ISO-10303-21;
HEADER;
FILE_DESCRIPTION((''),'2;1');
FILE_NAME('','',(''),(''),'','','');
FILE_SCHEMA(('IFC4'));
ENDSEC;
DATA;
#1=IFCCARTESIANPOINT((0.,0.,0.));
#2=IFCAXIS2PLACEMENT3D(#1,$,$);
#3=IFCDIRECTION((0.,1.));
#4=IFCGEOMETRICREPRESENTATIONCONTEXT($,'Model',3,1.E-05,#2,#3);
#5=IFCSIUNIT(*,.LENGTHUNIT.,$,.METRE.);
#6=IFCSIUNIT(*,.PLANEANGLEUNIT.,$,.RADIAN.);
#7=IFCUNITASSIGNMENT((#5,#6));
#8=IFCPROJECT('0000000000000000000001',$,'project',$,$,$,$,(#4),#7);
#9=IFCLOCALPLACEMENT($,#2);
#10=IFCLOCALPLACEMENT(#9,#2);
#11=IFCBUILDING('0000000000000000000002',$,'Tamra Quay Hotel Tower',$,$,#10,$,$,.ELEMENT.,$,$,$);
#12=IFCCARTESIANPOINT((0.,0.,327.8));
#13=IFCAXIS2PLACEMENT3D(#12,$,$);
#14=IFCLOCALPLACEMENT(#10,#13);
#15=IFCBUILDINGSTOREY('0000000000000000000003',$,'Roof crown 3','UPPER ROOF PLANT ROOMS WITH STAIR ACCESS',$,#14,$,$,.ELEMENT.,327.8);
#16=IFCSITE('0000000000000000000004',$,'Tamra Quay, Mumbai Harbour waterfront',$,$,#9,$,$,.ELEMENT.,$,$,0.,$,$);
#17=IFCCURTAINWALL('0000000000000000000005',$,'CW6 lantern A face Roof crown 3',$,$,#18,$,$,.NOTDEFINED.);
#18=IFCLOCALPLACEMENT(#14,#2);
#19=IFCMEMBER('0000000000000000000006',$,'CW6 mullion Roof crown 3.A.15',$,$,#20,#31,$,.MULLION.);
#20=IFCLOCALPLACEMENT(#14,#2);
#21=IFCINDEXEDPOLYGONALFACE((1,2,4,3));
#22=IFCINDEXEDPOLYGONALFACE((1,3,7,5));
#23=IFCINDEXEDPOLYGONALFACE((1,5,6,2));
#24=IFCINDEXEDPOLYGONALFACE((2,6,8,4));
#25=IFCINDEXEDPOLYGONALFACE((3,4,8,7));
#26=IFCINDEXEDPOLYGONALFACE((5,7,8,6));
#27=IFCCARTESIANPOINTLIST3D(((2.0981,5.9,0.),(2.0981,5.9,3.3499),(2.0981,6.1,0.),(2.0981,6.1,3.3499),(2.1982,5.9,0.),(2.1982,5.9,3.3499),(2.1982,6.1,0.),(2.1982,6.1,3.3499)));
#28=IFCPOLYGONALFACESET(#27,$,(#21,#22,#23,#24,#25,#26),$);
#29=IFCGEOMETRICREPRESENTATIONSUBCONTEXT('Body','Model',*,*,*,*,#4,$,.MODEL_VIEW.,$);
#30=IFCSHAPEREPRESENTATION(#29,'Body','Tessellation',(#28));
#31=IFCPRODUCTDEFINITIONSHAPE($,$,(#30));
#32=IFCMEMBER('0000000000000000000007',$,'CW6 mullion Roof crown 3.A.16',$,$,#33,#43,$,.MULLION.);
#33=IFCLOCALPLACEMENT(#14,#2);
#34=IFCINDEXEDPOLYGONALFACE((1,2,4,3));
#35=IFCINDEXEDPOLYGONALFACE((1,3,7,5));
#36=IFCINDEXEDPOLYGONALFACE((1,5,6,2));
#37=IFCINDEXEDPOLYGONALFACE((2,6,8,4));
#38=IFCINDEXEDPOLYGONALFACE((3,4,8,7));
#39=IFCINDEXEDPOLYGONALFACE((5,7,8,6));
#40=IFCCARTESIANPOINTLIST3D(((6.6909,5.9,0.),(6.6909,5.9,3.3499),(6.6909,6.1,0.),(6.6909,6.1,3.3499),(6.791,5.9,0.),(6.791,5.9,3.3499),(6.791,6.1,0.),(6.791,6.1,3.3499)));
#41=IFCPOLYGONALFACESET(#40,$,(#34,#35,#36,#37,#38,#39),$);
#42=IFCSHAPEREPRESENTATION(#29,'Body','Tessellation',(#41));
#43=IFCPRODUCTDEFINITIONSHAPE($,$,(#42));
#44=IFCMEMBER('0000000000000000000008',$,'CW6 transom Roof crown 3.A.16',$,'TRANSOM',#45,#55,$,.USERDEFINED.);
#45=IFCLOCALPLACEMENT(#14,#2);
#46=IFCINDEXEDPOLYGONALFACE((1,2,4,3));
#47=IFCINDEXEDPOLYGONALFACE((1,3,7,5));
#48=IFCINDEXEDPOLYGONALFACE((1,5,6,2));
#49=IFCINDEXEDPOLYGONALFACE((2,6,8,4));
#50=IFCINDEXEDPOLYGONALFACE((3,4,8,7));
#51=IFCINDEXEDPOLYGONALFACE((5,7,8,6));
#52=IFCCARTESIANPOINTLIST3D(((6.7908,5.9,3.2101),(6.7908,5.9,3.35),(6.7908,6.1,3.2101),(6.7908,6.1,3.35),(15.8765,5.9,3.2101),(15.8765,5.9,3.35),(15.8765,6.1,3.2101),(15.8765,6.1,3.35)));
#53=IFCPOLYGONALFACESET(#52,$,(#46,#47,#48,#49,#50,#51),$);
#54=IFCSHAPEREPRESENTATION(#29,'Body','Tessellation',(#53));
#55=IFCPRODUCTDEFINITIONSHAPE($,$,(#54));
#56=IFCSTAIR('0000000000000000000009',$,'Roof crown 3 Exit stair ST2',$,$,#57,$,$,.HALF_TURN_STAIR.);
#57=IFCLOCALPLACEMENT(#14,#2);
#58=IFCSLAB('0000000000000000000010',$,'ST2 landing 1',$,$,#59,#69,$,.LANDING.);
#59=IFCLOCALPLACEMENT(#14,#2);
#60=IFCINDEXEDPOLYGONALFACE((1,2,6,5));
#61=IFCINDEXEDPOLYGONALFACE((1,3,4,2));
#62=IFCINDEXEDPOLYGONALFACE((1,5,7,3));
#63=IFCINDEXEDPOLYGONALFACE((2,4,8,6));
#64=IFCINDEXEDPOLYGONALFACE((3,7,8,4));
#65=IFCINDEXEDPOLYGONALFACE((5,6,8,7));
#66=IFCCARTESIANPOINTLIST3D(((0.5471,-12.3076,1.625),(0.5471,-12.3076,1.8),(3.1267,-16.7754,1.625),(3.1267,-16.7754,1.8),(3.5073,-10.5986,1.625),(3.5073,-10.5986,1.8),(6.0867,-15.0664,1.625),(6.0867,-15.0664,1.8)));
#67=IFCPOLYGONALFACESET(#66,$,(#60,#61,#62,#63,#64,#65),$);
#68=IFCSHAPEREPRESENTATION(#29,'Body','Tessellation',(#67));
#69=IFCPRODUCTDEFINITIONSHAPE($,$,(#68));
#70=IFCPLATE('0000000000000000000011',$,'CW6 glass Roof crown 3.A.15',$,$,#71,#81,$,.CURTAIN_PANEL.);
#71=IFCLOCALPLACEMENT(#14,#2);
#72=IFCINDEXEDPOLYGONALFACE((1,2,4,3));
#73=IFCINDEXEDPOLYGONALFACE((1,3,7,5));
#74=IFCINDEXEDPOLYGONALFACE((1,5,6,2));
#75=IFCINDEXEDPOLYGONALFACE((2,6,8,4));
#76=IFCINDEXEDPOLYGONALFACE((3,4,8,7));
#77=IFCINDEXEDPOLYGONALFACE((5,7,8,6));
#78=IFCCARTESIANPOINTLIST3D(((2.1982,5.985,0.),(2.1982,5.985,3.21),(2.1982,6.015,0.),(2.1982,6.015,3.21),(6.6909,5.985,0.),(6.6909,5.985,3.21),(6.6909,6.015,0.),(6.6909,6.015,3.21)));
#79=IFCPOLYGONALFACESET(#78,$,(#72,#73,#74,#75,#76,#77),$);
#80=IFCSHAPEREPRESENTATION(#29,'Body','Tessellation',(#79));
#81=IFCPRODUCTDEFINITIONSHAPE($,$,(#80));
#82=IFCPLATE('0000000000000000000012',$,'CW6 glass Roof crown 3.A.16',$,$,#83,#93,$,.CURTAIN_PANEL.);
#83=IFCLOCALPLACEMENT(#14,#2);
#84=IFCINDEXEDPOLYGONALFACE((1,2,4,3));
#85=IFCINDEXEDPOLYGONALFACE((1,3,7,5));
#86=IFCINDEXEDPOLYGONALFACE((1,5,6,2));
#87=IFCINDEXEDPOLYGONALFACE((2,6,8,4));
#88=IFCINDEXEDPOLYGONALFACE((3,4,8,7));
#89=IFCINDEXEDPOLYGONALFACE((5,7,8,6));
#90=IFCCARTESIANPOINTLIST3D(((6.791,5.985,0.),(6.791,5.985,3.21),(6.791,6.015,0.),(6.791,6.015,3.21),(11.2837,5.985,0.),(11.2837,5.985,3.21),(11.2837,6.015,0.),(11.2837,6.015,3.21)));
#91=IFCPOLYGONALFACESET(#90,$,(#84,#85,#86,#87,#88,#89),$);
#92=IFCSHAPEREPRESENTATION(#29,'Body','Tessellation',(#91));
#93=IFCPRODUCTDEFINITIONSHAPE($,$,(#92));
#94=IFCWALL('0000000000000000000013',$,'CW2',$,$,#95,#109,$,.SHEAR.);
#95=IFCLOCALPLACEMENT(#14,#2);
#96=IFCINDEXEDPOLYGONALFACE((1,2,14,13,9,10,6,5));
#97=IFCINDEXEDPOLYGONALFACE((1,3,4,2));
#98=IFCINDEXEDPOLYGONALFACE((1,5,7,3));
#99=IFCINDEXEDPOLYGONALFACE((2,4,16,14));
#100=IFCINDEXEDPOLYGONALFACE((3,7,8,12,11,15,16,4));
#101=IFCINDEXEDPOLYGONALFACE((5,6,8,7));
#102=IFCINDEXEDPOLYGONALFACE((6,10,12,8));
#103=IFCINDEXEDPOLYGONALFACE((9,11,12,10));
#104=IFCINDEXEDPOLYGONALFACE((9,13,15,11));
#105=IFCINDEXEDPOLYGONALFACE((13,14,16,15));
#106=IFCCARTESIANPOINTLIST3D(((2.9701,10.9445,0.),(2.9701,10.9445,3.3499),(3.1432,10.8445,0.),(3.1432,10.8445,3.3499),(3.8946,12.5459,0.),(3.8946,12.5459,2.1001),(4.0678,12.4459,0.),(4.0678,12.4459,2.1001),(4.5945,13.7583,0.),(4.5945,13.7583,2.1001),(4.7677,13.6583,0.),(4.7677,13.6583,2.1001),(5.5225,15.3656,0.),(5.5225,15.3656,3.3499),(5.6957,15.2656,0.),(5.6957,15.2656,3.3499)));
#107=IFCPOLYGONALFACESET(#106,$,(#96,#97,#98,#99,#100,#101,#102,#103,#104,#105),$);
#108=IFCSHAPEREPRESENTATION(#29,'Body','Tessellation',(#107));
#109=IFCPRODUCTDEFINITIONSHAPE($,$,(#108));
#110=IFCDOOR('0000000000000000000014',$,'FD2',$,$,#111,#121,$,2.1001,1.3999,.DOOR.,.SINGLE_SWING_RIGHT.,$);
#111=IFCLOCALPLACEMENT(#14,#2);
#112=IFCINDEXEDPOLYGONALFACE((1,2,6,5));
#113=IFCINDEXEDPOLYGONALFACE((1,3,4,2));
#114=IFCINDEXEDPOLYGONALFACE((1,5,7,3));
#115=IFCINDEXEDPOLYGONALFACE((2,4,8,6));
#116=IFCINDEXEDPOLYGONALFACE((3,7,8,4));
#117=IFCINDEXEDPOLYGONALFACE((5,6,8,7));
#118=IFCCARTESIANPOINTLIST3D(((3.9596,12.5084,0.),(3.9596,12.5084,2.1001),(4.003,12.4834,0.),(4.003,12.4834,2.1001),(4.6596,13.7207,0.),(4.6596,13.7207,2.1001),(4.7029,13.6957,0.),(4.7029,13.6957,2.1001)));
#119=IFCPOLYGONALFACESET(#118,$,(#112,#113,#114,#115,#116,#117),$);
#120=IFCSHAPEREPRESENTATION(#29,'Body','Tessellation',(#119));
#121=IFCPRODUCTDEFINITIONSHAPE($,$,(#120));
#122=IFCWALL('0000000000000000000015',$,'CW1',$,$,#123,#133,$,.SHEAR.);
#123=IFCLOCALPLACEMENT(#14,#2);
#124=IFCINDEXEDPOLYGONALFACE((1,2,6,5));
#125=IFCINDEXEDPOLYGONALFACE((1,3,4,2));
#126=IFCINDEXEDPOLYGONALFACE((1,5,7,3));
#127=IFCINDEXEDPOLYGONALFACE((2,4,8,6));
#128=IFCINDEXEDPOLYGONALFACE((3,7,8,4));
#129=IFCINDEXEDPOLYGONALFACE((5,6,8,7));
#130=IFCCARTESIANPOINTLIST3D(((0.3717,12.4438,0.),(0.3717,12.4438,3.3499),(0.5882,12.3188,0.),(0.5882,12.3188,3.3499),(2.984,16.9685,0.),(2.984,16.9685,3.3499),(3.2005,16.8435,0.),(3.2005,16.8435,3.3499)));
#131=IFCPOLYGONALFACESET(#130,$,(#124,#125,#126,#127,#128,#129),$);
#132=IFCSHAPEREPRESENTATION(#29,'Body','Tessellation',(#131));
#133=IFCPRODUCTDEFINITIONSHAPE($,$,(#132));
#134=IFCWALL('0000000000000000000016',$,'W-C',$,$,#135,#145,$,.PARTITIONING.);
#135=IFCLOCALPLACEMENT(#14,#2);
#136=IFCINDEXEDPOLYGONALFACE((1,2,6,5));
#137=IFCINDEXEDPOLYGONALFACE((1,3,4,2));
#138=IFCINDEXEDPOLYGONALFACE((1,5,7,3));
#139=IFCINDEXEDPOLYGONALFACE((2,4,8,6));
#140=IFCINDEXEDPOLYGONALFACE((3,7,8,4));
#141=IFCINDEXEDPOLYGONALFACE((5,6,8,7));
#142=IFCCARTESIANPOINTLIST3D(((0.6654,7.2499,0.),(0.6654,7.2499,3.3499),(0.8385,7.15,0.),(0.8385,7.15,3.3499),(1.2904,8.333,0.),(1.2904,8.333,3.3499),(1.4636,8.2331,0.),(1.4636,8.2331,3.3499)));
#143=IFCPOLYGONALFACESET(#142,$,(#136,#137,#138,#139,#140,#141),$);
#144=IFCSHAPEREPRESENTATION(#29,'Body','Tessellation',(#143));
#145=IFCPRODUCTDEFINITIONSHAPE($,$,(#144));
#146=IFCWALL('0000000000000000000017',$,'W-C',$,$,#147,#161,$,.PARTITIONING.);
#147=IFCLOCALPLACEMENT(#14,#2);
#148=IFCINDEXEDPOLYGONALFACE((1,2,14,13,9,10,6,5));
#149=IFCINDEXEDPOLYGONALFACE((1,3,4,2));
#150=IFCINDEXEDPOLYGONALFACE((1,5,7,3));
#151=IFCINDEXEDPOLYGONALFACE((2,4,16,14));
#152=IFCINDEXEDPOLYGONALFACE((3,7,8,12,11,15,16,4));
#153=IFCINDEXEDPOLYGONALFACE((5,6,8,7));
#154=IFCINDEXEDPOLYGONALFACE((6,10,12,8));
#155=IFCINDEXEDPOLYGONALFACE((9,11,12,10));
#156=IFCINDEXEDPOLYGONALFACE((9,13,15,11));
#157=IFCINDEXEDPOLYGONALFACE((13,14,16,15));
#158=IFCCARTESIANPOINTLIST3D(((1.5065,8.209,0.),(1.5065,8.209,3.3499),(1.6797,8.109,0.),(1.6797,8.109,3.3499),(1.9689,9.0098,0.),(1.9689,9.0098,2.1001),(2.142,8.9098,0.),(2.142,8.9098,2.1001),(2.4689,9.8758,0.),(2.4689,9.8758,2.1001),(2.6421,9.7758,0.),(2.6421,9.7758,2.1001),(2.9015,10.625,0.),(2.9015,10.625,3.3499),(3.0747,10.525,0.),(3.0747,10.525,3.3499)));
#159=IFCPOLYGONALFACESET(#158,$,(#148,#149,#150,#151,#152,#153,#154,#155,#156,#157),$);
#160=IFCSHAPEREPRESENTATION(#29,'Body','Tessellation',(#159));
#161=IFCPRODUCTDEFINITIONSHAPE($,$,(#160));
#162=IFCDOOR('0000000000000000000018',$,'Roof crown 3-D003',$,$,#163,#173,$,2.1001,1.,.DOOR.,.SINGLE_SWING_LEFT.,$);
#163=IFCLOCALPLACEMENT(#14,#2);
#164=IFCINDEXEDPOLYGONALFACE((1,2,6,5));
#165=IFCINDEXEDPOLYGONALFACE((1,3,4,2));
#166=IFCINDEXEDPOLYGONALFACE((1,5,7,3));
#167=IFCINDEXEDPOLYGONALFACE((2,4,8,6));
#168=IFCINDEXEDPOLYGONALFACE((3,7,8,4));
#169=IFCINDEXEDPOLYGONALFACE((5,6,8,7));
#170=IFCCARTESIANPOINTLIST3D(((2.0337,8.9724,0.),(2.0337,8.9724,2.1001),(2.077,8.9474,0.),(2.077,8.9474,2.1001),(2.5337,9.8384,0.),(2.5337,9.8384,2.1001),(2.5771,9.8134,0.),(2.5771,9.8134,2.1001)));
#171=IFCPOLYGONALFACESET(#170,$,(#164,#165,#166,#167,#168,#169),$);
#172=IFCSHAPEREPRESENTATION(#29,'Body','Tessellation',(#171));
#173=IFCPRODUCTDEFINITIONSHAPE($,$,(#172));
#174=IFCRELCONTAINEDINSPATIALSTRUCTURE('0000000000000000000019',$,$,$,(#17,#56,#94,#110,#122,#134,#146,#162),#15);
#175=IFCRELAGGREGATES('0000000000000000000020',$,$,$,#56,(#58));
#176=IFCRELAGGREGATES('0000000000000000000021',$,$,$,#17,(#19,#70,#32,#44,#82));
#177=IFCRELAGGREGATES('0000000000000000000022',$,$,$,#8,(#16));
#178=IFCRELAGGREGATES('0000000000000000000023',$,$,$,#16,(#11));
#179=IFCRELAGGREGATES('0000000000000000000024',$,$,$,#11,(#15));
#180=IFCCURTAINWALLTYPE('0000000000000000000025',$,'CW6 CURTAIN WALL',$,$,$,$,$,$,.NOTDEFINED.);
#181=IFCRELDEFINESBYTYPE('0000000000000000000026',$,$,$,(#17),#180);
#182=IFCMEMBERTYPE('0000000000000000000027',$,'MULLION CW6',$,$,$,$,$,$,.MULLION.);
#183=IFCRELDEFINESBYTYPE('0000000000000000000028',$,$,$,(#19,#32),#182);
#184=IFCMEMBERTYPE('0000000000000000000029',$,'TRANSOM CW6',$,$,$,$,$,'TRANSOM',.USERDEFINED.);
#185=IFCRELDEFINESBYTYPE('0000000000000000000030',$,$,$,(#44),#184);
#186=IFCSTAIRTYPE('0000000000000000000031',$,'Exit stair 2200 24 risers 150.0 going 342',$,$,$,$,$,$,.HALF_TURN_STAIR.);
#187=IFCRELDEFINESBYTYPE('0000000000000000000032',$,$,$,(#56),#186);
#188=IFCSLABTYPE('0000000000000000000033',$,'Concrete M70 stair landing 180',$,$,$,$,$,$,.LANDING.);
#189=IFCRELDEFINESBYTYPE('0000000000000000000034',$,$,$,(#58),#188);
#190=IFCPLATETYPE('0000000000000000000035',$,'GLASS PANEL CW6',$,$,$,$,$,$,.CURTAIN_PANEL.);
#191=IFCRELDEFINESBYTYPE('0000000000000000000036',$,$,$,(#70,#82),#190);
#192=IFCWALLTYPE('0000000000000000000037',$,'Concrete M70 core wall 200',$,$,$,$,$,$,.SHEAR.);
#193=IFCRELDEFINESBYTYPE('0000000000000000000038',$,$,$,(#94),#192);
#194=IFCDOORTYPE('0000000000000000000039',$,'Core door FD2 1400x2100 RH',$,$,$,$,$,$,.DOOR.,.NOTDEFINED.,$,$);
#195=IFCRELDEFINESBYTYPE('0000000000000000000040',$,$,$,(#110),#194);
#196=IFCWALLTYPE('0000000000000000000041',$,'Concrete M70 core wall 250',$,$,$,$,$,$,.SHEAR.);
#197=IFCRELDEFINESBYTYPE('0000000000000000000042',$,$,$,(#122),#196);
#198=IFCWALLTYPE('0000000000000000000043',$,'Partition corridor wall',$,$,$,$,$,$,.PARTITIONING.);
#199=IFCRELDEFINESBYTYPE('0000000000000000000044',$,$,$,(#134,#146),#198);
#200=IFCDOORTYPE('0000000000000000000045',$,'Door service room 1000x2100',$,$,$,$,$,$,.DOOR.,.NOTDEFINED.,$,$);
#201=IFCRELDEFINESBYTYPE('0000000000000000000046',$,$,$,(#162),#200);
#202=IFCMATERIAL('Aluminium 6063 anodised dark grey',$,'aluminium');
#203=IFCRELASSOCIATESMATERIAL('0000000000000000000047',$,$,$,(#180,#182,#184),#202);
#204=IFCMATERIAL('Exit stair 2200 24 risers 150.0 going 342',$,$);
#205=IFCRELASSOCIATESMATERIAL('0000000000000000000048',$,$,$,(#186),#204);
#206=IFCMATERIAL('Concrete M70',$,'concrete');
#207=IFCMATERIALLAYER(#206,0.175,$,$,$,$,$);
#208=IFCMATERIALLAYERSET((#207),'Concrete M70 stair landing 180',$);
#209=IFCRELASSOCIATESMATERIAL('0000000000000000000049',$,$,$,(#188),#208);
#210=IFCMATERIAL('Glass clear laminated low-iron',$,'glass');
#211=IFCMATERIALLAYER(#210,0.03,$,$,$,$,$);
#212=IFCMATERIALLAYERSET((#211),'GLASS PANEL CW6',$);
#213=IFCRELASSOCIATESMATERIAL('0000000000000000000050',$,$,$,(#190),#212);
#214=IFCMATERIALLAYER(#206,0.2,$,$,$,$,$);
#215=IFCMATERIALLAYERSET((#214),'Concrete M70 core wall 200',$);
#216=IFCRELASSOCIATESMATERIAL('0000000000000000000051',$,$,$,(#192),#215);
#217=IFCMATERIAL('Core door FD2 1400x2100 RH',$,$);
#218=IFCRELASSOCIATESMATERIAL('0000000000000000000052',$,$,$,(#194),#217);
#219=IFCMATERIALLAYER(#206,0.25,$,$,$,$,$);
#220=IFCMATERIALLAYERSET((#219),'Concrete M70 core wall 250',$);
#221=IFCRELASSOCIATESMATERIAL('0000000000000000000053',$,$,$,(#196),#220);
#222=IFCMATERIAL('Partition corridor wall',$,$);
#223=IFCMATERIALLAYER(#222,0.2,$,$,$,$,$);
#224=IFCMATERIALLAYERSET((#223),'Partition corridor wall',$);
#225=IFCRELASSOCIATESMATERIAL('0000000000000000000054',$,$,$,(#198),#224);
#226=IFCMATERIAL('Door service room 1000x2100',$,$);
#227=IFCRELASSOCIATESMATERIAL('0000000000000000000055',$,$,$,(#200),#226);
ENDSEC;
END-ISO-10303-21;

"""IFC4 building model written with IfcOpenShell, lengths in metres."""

from ifc_helpers import new_model, si_unit, direction, frame, frame_2d, origin, origin_2d, place, context, subcontext, project, spatial, polyline, rectangle, outline, extrude, material, layer, layer_set, material_profile, profile_set, type_object, element, fill, aggregate, save


model = new_model("IFC4")

# Units and contexts
model_context = context("Model", 3, precision=1e-05, world=origin(), true_north=direction((0.0, 1.0)))
body_context = subcontext(model_context, "Body", "Model", "MODEL_VIEW")
ifc_project = project(units=[si_unit("LENGTHUNIT", "METRE"), si_unit("PLANEANGLEUNIT", "RADIAN")], contexts=[model_context])

# Site, building, storey
site_placement = place(None, origin())
site = spatial("IfcSite", under=ifc_project, at=site_placement, Name="Tamra Quay, Mumbai Harbour waterfront", CompositionType="ELEMENT", RefElevation=0.0)
building_placement = place(site_placement, origin())
building = spatial("IfcBuilding", under=site, at=building_placement, Name="Tamra Quay Hotel Tower", CompositionType="ELEMENT")
storey_placement = place(building_placement, frame((0.0, 0.0, 327.8)))
storey = spatial("IfcBuildingStorey", under=building, at=storey_placement, Name="Roof crown 3", Description="UPPER ROOF PLANT ROOMS WITH STAIR ACCESS", CompositionType="ELEMENT", Elevation=327.8)

# Curtain wall, members
ifc_material_1 = material(Name="Aluminium 6063 anodised dark grey", Category="aluminium")
curtain_wall_type = type_object("IfcCurtainWallType", Name="CW6 CURTAIN WALL", PredefinedType="NOTDEFINED", material=ifc_material_1)
curtain_wall_placement = place(storey_placement, origin())
curtain_wall = element("IfcCurtainWall", 1, at=curtain_wall_placement, inside=storey, type_object=curtain_wall_type, Name="CW6 lantern A face Roof crown 3", PredefinedType="NOTDEFINED")
ifc_material_profile_1 = material_profile(ifc_material_1, rectangle(XDim=0.2, YDim=0.1001, at=origin_2d()), Name="MULLION 100X200")
ifc_profile_set_1 = profile_set([ifc_material_profile_1], Name="Aluminium 6063 anodised dark grey")
member_type_1 = type_object("IfcMemberType", Name="MULLION CW6", PredefinedType="MULLION", material=ifc_profile_set_1)
member_1_placement = place(storey_placement, frame((2.1482, 6.0, 0.0), z_axis=(0.0, 0.0, 1.0), x_axis=(0.0, -1.0, 0.0)))
member_1 = element("IfcMember", 2, at=member_1_placement, type_object=member_type_1, Name="CW6 mullion Roof crown 3.A.15", PredefinedType="MULLION", context=body_context, shape_type="SweptSolid", body=[
    extrude(rectangle(XDim=0.2, YDim=0.1001, at=origin_2d()), origin(), (0.0, 0.0, 1.0), 3.3499),
])
member_2_placement = place(storey_placement, frame((6.741, 6.0, 0.0), z_axis=(0.0, 0.0, 1.0), x_axis=(0.0, -1.0, 0.0)))
member_2 = element("IfcMember", 3, at=member_2_placement, type_object=member_type_1, Name="CW6 mullion Roof crown 3.A.16", PredefinedType="MULLION", context=body_context, shape_type="SweptSolid", body=[
    extrude(rectangle(XDim=0.2, YDim=0.1001, at=origin_2d()), origin(), (0.0, 0.0, 1.0), 3.3499),
])
ifc_material_profile_2 = material_profile(ifc_material_1, rectangle(XDim=0.2, YDim=0.1399, at=origin_2d()), Name="TRANSOM 200X140")
ifc_profile_set_2 = profile_set([ifc_material_profile_2], Name="Aluminium 6063 anodised dark grey")
member_type_2 = type_object("IfcMemberType", Name="TRANSOM CW6", ElementType="TRANSOM", PredefinedType="USERDEFINED", material=ifc_profile_set_2)
member_3_placement = place(storey_placement, frame((6.7908, 6.0, 3.28), z_axis=(1.0, 0.0, 0.0), x_axis=(0.0, 1.0, 0.0)))
member_3 = element("IfcMember", 4, at=member_3_placement, type_object=member_type_2, Name="CW6 transom Roof crown 3.A.16", ObjectType="TRANSOM", PredefinedType="USERDEFINED", context=body_context, shape_type="SweptSolid", body=[
    extrude(rectangle(XDim=0.2, YDim=0.1399, at=origin_2d()), origin(), (0.0, 0.0, 1.0), 9.0857),
])

# Stair, slab
ifc_material_2 = material(Name="Exit stair 2200 24 risers 150.0 going 342")
stair_type = type_object("IfcStairType", Name="Exit stair 2200 24 risers 150.0 going 342", PredefinedType="HALF_TURN_STAIR", material=ifc_material_2)
stair_1_placement = place(storey_placement, origin())
stair_1 = element("IfcStair", 5, at=stair_1_placement, inside=storey, type_object=stair_type, Name="Roof crown 3 Exit stair ST2", PredefinedType="HALF_TURN_STAIR")
ifc_material_3 = material(Name="Concrete M70", Category="concrete")
ifc_layer_1 = layer(ifc_material_3, 0.175)
ifc_layer_set_1 = layer_set([ifc_layer_1], Name="Concrete M70 stair landing 180")
slab_type = type_object("IfcSlabType", Name="Concrete M70 stair landing 180", PredefinedType="LANDING", material=ifc_layer_set_1)
slab_placement = place(storey_placement, frame((0.0, 0.0, 1.625)))
slab = element("IfcSlab", 6, at=slab_placement, type_object=slab_type, Name="ST2 landing 1", PredefinedType="LANDING", context=body_context, shape_type="SweptSolid", body=[
    extrude(outline(polyline([(3.5073, -10.5986), (0.5471, -12.3076), (3.1267, -16.7754), (6.0867, -15.0664), (3.5073, -10.5986)])), origin(), (0.0, 0.0, 1.0), 0.175),
])
aggregate(stair_1, [slab])

# Plates
ifc_material_4 = material(Name="Glass clear laminated low-iron", Category="glass")
ifc_layer_2 = layer(ifc_material_4, 0.03)
ifc_layer_set_2 = layer_set([ifc_layer_2], Name="GLASS PANEL CW6")
plate_type = type_object("IfcPlateType", Name="GLASS PANEL CW6", PredefinedType="CURTAIN_PANEL", material=ifc_layer_set_2)
plate_1_placement = place(storey_placement, frame((4.4446, 6.0, 0.0), z_axis=(0.0, 0.0, 1.0), x_axis=(1.0, 0.0, 0.0)))
plate_1 = element("IfcPlate", 7, at=plate_1_placement, type_object=plate_type, Name="CW6 glass Roof crown 3.A.15", PredefinedType="CURTAIN_PANEL", context=body_context, shape_type="SweptSolid", body=[
    extrude(rectangle(XDim=4.4927, YDim=0.03, at=origin_2d()), origin(), (0.0, 0.0, 1.0), 3.21),
])
plate_2_placement = place(storey_placement, frame((9.0374, 6.0, 0.0), z_axis=(0.0, 0.0, 1.0), x_axis=(1.0, 0.0, 0.0)))
plate_2 = element("IfcPlate", 8, at=plate_2_placement, type_object=plate_type, Name="CW6 glass Roof crown 3.A.16", PredefinedType="CURTAIN_PANEL", context=body_context, shape_type="SweptSolid", body=[
    extrude(rectangle(XDim=4.4927, YDim=0.03, at=origin_2d()), origin(), (0.0, 0.0, 1.0), 3.21),
])
aggregate(curtain_wall, [member_1, plate_1, member_2, member_3, plate_2])

# Wall, opening, door
ifc_layer_3 = layer(ifc_material_3, 0.2)
ifc_layer_set_3 = layer_set([ifc_layer_3], Name="Concrete M70 core wall 200")
wall_type_1 = type_object("IfcWallType", Name="Concrete M70 core wall 200", PredefinedType="SHEAR", material=ifc_layer_set_3)
wall_1_placement = place(storey_placement, frame((3.0566, 10.8945, 0.0), z_axis=(0.0, 0.0, 1.0), x_axis=(0.499992, 0.86603, 0.0)))
wall_1 = element("IfcWall", 9, at=wall_1_placement, inside=storey, type_object=wall_type_1, Name="CW2", PredefinedType="SHEAR", context=body_context, shape_type="SweptSolid", body=[
    extrude(rectangle(XDim=5.105, YDim=0.2, at=frame_2d((2.5525, 0.0))), origin(), (0.0, 0.0, 1.0), 3.3499),
])
opening_1_placement = place(wall_1_placement, frame((1.8491, 0.0, 0.0)))
opening_1 = element("IfcOpeningElement", 10, at=opening_1_placement, cuts=wall_1, PredefinedType="OPENING", context=body_context, shape_type="SweptSolid", body=[
    extrude(rectangle(XDim=1.3999, YDim=2.1001, at=frame_2d((0.7, 1.05))), frame((0.0, 0.1099, 0.0), z_axis=(0.0, -1.0, 0.0), x_axis=(1.0, 0.0, 0.0)), (0.0, 0.0, 1.0), 0.22),
])
ifc_material_5 = material(Name="Core door FD2 1400x2100 RH")
door_type_1 = type_object("IfcDoorType", Name="Core door FD2 1400x2100 RH", OperationType="NOTDEFINED", PredefinedType="DOOR", material=ifc_material_5)
door_1_placement = place(opening_1_placement, origin())
door_1 = element("IfcDoor", 11, at=door_1_placement, inside=storey, type_object=door_type_1, Name="FD2", OperationType="SINGLE_SWING_RIGHT", OverallHeight=2.1001, OverallWidth=1.3999, PredefinedType="DOOR", context=body_context, shape_type="SweptSolid", body=[
    extrude(rectangle(XDim=1.3999, YDim=2.1001, at=frame_2d((0.7, 1.05))), frame((0.0, 0.0249, 0.0), z_axis=(0.0, -1.0, 0.0), x_axis=(1.0, 0.0, 0.0)), (0.0, 0.0, 1.0), 0.05),
])
fill(opening_1, door_1)

# Walls
ifc_layer_4 = layer(ifc_material_3, 0.25)
ifc_layer_set_4 = layer_set([ifc_layer_4], Name="Concrete M70 core wall 250")
wall_type_2 = type_object("IfcWallType", Name="Concrete M70 core wall 250", PredefinedType="SHEAR", material=ifc_layer_set_4)
wall_2_placement = place(storey_placement, frame((0.48, 12.3813, 0.0), z_axis=(0.0, 0.0, 1.0), x_axis=(0.499999, 0.866026, 0.0)))
element("IfcWall", 12, at=wall_2_placement, inside=storey, type_object=wall_type_2, Name="CW1", PredefinedType="SHEAR", context=body_context, shape_type="SweptSolid", body=[
    extrude(rectangle(XDim=5.2246, YDim=0.25, at=frame_2d((2.6123, 0.0))), origin(), (0.0, 0.0, 1.0), 3.3499),
])
ifc_material_6 = material(Name="Partition corridor wall")
ifc_layer_5 = layer(ifc_material_6, 0.2)
ifc_layer_set_5 = layer_set([ifc_layer_5], Name="Partition corridor wall")
wall_type_3 = type_object("IfcWallType", Name="Partition corridor wall", PredefinedType="PARTITIONING", material=ifc_layer_set_5)
wall_3_placement = place(storey_placement, frame((0.752, 7.2, 0.0), z_axis=(0.0, 0.0, 1.0), x_axis=(0.499835, 0.866121, 0.0)))
element("IfcWall", 13, at=wall_3_placement, inside=storey, type_object=wall_type_3, Name="W-C", PredefinedType="PARTITIONING", context=body_context, shape_type="SweptSolid", body=[
    extrude(rectangle(XDim=1.2505, YDim=0.2, at=frame_2d((0.6252, 0.0))), origin(), (0.0, 0.0, 1.0), 3.3499),
])

# Wall, opening, door
wall_4_placement = place(storey_placement, frame((1.593, 8.1589, 0.0), z_axis=(0.0, 0.0, 1.0), x_axis=(0.500036, 0.866005, 0.0)))
wall_4 = element("IfcWall", 14, at=wall_4_placement, inside=storey, type_object=wall_type_3, Name="W-C", PredefinedType="PARTITIONING", context=body_context, shape_type="SweptSolid", body=[
    extrude(rectangle(XDim=2.7898, YDim=0.2, at=frame_2d((1.395, 0.0))), origin(), (0.0, 0.0, 1.0), 3.3499),
])
opening_2_placement = place(wall_4_placement, frame((0.9248, 0.0, 0.0)))
opening_2 = element("IfcOpeningElement", 15, at=opening_2_placement, cuts=wall_4, PredefinedType="OPENING", context=body_context, shape_type="SweptSolid", body=[
    extrude(rectangle(XDim=1.0, YDim=2.1001, at=frame_2d((0.5, 1.05))), frame((0.0, 0.1099, 0.0), z_axis=(0.0, -1.0, 0.0), x_axis=(1.0, 0.0, 0.0)), (0.0, 0.0, 1.0), 0.22),
])
ifc_material_7 = material(Name="Door service room 1000x2100")
door_type_2 = type_object("IfcDoorType", Name="Door service room 1000x2100", OperationType="NOTDEFINED", PredefinedType="DOOR", material=ifc_material_7)
door_2_placement = place(opening_2_placement, frame((1.0, 0.0, 0.0), z_axis=(0.0, 0.0, 1.0), x_axis=(-1.0, 0.0, 0.0)))
door_2 = element("IfcDoor", 16, at=door_2_placement, inside=storey, type_object=door_type_2, Name="Roof crown 3-D003", OperationType="SINGLE_SWING_LEFT", OverallHeight=2.1001, OverallWidth=1.0, PredefinedType="DOOR", context=body_context, shape_type="SweptSolid", body=[
    extrude(rectangle(XDim=1.0, YDim=2.1001, at=frame_2d((0.5, 1.05))), frame((0.0, 0.0249, 0.0), z_axis=(0.0, -1.0, 0.0), x_axis=(1.0, 0.0, 0.0)), (0.0, 0.0, 1.0), 0.05),
])
fill(opening_2, door_2)

save(model, "model.ifc")
